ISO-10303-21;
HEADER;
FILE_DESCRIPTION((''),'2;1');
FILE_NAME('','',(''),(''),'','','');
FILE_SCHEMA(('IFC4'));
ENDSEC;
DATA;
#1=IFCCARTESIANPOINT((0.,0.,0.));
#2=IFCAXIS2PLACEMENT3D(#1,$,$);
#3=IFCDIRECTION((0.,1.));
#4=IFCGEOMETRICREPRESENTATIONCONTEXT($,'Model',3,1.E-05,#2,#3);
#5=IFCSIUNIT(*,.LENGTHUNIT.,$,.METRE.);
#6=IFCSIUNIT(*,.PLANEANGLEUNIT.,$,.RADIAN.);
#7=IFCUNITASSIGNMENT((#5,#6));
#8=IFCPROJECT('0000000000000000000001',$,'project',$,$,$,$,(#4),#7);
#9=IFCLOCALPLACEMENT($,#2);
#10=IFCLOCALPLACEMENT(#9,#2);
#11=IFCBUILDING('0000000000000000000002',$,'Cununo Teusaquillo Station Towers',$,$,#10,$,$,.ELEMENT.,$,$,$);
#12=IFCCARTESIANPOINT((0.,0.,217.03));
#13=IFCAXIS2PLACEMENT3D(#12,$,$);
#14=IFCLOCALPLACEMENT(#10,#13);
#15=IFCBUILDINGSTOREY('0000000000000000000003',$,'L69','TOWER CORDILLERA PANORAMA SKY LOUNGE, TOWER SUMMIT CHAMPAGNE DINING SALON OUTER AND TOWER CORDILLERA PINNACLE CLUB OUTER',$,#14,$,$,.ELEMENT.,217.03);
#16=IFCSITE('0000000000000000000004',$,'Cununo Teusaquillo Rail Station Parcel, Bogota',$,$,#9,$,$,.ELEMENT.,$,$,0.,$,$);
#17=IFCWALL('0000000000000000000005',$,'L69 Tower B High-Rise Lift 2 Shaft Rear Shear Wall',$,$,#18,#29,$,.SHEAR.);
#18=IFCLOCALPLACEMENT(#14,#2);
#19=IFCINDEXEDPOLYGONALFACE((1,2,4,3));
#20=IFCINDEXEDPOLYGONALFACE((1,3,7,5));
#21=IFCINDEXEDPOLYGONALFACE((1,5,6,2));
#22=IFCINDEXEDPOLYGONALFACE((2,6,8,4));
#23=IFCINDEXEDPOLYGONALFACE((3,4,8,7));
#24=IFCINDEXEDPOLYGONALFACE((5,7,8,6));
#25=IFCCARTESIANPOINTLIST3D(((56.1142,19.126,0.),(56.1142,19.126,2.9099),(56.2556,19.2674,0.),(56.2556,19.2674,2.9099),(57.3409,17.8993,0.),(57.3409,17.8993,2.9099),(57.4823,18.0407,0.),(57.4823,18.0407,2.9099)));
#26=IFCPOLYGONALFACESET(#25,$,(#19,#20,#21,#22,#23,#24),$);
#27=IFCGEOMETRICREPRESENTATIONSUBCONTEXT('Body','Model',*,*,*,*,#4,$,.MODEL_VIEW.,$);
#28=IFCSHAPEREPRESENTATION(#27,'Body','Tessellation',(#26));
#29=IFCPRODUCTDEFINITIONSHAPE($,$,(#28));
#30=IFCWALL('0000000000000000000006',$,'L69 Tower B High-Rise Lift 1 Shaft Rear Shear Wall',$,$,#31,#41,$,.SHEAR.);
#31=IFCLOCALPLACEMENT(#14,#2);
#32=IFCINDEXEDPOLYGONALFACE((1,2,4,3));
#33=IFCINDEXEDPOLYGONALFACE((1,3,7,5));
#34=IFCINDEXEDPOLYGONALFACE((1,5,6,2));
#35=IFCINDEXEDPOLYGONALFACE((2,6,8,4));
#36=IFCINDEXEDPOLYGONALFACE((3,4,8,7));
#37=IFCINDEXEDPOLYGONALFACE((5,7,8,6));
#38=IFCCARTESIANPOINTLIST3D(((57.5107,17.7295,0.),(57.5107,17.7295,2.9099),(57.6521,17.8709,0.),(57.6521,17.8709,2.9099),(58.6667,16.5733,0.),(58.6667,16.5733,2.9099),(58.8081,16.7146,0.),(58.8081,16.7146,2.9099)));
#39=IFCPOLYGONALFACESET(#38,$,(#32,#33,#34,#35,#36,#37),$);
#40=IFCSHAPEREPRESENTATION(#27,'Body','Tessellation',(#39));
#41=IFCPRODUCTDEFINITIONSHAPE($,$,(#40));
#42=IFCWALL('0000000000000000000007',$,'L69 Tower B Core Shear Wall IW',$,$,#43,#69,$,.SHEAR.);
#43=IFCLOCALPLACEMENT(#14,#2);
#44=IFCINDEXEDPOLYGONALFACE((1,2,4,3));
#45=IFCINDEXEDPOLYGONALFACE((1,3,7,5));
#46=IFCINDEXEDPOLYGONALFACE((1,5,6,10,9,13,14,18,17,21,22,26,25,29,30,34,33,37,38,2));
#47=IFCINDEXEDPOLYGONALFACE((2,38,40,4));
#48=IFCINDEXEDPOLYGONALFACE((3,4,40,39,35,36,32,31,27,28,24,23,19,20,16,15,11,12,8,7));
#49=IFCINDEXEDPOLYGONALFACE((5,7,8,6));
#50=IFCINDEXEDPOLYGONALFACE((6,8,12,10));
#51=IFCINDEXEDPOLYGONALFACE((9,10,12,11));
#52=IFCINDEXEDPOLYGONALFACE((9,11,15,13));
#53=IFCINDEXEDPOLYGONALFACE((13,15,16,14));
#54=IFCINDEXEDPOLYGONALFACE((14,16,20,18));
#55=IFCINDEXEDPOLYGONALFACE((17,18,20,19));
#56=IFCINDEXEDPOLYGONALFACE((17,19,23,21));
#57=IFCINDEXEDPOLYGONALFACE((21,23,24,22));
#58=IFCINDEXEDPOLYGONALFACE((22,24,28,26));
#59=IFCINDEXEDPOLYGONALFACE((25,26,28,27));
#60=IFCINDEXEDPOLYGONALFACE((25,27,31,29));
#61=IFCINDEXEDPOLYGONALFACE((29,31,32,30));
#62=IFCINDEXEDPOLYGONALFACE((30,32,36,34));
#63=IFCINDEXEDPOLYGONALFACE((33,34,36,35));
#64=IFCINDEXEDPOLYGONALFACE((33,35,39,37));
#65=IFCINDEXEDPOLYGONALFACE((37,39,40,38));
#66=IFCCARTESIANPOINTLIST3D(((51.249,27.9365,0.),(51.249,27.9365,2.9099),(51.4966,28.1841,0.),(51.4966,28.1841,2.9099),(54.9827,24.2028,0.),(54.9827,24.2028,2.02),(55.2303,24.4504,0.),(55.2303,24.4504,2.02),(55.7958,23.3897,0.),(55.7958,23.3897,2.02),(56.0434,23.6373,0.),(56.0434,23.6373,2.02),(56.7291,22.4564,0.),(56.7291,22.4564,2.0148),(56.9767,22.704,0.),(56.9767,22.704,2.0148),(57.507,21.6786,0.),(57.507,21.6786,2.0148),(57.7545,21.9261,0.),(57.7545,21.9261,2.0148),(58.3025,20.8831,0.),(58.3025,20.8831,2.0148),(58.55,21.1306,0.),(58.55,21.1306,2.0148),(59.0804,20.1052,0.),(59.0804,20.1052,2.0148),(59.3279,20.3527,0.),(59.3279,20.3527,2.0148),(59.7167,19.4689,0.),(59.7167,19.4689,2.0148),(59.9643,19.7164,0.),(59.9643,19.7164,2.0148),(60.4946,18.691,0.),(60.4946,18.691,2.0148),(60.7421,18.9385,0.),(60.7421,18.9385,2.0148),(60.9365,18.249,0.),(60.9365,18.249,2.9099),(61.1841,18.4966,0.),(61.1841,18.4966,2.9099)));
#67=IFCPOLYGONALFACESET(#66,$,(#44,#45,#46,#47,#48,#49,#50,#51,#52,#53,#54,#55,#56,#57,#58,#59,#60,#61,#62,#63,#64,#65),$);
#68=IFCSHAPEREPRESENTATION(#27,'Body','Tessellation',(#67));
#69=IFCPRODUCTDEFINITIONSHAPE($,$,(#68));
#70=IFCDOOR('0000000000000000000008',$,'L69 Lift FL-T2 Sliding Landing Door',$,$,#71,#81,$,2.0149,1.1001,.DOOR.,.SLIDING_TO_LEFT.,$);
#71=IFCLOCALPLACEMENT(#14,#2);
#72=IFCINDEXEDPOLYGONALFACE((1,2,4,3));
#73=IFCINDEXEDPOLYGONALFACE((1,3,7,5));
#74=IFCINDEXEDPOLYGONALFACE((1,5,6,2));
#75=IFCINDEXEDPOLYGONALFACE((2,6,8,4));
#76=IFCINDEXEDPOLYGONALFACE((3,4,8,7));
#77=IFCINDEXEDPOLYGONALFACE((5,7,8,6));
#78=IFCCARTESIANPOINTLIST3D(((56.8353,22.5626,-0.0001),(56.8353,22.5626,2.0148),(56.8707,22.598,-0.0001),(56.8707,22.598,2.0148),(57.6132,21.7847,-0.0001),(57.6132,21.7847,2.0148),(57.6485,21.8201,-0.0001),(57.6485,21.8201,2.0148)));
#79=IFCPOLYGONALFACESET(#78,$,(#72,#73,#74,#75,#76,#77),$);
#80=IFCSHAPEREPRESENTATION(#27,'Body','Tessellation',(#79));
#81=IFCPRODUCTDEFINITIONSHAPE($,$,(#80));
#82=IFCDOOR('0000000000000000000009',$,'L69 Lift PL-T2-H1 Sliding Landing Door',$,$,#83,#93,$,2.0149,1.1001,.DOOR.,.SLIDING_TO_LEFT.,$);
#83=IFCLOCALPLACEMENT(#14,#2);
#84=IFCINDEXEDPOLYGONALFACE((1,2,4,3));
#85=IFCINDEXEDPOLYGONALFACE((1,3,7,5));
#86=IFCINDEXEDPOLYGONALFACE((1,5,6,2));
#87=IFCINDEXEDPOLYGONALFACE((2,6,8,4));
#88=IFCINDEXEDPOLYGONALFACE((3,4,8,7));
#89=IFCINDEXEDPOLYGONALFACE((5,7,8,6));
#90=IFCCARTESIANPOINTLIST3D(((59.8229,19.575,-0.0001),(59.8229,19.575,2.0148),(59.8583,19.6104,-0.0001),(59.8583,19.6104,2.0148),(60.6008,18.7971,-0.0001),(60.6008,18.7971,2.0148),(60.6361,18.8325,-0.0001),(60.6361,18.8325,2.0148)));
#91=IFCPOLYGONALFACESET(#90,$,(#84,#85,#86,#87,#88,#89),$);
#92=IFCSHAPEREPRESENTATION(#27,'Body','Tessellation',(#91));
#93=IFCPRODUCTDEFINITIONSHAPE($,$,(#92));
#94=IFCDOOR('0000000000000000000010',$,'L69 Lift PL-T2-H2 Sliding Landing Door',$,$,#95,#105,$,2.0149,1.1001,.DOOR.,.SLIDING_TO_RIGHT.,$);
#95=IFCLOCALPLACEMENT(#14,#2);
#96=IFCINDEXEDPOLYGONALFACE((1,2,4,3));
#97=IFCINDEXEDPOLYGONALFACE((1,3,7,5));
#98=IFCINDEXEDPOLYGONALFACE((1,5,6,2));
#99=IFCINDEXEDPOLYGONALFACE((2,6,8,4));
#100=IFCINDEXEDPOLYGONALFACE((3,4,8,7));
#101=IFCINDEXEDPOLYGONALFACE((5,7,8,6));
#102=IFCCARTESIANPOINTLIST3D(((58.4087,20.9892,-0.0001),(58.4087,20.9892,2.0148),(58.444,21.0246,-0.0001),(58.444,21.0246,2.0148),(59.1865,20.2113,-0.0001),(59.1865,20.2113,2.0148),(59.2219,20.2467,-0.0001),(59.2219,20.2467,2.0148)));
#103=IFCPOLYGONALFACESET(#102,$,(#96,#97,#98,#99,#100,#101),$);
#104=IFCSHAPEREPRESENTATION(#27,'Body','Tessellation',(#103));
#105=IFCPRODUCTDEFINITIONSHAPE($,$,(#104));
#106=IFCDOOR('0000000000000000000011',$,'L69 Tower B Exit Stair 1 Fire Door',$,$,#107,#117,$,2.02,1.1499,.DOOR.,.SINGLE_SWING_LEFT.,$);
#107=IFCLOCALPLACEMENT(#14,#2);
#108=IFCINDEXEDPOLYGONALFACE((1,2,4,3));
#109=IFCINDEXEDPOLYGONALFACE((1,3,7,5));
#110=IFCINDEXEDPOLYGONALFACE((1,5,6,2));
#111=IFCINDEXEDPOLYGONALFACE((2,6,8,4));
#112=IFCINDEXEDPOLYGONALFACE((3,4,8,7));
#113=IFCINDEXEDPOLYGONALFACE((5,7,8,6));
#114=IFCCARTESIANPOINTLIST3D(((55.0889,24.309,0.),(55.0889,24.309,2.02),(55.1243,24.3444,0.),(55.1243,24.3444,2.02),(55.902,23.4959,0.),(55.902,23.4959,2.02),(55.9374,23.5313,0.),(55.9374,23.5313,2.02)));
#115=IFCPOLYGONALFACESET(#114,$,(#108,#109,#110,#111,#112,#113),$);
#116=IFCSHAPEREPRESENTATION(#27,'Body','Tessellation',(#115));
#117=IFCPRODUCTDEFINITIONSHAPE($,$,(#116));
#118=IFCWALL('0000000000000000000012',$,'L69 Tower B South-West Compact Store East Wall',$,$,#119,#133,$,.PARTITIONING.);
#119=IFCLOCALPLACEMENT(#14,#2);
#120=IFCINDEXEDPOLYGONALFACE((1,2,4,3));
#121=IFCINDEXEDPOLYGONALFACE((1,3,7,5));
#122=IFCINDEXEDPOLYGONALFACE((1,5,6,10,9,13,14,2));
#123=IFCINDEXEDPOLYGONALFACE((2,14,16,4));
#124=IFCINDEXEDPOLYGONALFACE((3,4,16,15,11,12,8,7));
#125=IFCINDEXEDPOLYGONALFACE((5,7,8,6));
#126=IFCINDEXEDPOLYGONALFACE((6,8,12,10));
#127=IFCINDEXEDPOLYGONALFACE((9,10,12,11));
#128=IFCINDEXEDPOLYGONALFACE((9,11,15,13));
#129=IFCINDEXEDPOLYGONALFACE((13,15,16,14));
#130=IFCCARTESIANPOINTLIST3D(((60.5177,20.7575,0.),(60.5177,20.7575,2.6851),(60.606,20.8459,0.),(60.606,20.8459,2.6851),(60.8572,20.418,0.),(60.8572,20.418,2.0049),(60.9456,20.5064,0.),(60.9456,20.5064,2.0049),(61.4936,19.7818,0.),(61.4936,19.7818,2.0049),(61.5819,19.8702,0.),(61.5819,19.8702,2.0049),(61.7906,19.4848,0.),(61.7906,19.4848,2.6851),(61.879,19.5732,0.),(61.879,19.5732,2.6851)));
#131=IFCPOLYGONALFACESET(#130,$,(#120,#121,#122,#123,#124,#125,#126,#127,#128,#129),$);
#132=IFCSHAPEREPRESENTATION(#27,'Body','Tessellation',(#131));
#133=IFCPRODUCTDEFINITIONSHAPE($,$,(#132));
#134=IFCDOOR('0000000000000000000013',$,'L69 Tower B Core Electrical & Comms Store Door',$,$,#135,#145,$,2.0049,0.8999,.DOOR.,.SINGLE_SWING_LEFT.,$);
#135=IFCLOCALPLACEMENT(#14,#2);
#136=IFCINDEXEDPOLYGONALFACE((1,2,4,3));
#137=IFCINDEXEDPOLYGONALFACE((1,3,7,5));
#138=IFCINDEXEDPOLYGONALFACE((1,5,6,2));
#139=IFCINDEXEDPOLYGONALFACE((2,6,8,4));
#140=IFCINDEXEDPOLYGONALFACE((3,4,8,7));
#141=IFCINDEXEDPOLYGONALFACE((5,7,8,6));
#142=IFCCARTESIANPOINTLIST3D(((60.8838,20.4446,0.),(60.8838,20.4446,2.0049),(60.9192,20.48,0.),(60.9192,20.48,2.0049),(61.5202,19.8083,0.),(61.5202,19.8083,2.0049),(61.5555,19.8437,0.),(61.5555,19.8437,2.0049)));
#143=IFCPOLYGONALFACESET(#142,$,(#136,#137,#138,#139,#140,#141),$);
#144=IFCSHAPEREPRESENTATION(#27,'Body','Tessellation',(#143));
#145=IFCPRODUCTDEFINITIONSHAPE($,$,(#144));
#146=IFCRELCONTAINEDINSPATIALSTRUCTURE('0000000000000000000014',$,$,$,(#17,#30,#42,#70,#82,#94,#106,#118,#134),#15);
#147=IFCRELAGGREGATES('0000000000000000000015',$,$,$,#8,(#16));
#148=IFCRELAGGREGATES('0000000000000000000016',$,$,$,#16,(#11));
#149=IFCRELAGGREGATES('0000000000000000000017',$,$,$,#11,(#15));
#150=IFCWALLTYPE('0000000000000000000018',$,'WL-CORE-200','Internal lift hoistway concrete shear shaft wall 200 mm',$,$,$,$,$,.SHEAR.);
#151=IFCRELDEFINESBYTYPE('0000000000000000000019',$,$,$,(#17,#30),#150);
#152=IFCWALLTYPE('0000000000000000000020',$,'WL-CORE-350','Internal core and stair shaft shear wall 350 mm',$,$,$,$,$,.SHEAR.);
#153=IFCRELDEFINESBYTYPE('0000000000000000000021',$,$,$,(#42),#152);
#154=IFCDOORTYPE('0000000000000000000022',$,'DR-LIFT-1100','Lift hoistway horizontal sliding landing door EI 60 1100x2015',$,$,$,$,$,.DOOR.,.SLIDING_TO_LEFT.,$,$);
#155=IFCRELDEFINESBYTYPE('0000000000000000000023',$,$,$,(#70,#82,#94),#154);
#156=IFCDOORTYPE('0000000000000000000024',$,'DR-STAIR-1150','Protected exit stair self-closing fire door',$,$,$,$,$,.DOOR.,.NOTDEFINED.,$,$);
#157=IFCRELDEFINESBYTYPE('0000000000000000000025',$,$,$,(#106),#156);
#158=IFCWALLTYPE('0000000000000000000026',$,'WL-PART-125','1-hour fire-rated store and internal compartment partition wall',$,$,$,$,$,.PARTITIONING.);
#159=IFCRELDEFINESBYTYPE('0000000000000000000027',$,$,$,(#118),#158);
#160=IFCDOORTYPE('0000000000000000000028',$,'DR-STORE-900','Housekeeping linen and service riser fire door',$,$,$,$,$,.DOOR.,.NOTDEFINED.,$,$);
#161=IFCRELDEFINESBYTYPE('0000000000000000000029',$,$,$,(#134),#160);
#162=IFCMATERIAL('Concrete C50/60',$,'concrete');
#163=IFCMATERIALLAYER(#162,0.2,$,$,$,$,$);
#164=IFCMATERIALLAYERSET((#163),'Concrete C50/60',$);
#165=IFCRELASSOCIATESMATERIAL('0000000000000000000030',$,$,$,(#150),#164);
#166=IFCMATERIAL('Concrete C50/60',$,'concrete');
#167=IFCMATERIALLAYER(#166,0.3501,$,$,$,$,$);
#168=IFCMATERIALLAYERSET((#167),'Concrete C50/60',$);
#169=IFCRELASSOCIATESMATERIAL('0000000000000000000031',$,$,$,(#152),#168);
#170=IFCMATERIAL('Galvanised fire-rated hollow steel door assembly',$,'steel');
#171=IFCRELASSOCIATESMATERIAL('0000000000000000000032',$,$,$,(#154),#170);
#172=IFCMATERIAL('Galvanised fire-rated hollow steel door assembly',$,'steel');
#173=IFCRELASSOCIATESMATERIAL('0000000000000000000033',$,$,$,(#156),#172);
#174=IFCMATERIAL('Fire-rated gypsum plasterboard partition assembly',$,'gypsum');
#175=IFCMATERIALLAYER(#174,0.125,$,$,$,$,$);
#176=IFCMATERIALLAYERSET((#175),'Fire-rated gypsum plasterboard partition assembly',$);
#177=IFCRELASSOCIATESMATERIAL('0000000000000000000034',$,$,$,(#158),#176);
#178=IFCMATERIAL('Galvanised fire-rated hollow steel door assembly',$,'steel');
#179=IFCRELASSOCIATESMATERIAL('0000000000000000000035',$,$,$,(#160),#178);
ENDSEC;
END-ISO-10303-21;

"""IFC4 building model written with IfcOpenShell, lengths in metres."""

from ifc_helpers import new_model, si_unit, direction, frame, frame_2d, origin, place, context, subcontext, project, spatial, rectangle, extrude, source, transform, mapped, material, layer, layer_set, type_object, element, fill, save


model = new_model("IFC4")

# Units and contexts
model_context = context("Model", 3, precision=1e-05, world=origin(), true_north=direction((0.0, 1.0)))
body_context = subcontext(model_context, "Body", "Model", "MODEL_VIEW")
ifc_project = project(units=[si_unit("LENGTHUNIT", "METRE"), si_unit("PLANEANGLEUNIT", "RADIAN")], contexts=[model_context])

# Site, building, storey
site_placement = place(None, origin())
site = spatial("IfcSite", under=ifc_project, at=site_placement, Name="Cununo Teusaquillo Rail Station Parcel, Bogota", CompositionType="ELEMENT", RefElevation=0.0)
building_placement = place(site_placement, origin())
building = spatial("IfcBuilding", under=site, at=building_placement, Name="Cununo Teusaquillo Station Towers", CompositionType="ELEMENT")
storey_placement = place(building_placement, frame((0.0, 0.0, 217.03)))
storey = spatial("IfcBuildingStorey", under=building, at=storey_placement, Name="L69", Description="TOWER CORDILLERA PANORAMA SKY LOUNGE, TOWER SUMMIT CHAMPAGNE DINING SALON OUTER AND TOWER CORDILLERA PINNACLE CLUB OUTER", CompositionType="ELEMENT", Elevation=217.03)

# Walls
ifc_material_1 = material(Name="Concrete C50/60", Category="concrete")
ifc_layer_1 = layer(ifc_material_1, 0.2)
ifc_layer_set_1 = layer_set([ifc_layer_1], Name="Concrete C50/60")
wall_type_1 = type_object("IfcWallType", Name="WL-CORE-200", Description="Internal lift hoistway concrete shear shaft wall 200 mm", PredefinedType="SHEAR", material=ifc_layer_set_1)
wall_1_placement = place(storey_placement, frame((57.4116, 17.97, 0.0), z_axis=(0.0, 0.0, 1.0), x_axis=(-0.707107, 0.707107, 0.0)))
element("IfcWall", 1, at=wall_1_placement, inside=storey, type_object=wall_type_1, Name="L69 Tower B High-Rise Lift 2 Shaft Rear Shear Wall", PredefinedType="SHEAR", context=body_context, shape_type="SweptSolid", body=[
    extrude(rectangle(XDim=1.7349, YDim=0.2, at=frame_2d((0.8674, 0.0))), origin(), (0.0, 0.0, 1.0), 2.9099),
])
wall_2_placement = place(storey_placement, frame((58.7373, 16.644, 0.0), z_axis=(0.0, 0.0, 1.0), x_axis=(-0.707032, 0.707181, 0.0)))
element("IfcWall", 2, at=wall_2_placement, inside=storey, type_object=wall_type_1, Name="L69 Tower B High-Rise Lift 1 Shaft Rear Shear Wall", PredefinedType="SHEAR", context=body_context, shape_type="SweptSolid", body=[
    extrude(rectangle(XDim=1.635, YDim=0.2, at=frame_2d((0.8174, 0.0))), origin(), (0.0, 0.0, 1.0), 2.9099),
])

# Wall, openings, doors
ifc_material_2 = material(Name="Concrete C50/60", Category="concrete")
ifc_layer_2 = layer(ifc_material_2, 0.3501)
ifc_layer_set_2 = layer_set([ifc_layer_2], Name="Concrete C50/60")
wall_type_2 = type_object("IfcWallType", Name="WL-CORE-350", Description="Internal core and stair shaft shear wall 350 mm", PredefinedType="SHEAR", material=ifc_layer_set_2)
wall_3_placement = place(storey_placement, frame((61.0603, 18.3728, 0.0), z_axis=(0.0, 0.0, 1.0), x_axis=(-0.707107, 0.707107, 0.0)))
wall_3 = element("IfcWall", 3, at=wall_3_placement, inside=storey, type_object=wall_type_2, Name="L69 Tower B Core Shear Wall IW", PredefinedType="SHEAR", context=body_context, shape_type="SweptSolid", body=[
    extrude(rectangle(XDim=13.7002, YDim=0.3501, at=frame_2d((6.8501, 0.0))), origin(), (0.0, 0.0, 1.0), 2.9099),
])
shared_shape_1 = source(origin(), body_context, "Body", "SweptSolid", [
    extrude(rectangle(XDim=1.1001, YDim=2.0149, at=frame_2d((0.55, 1.0073))), frame((0.0, 0.1851, 0.0), z_axis=(0.0, -1.0, 0.0), x_axis=(1.0, 0.0, 0.0)), (0.0, 0.0, 1.0), 0.3701),
])
opening_1_placement = place(wall_3_placement, frame((4.8501, 0.0, 0.0)))
opening_1 = element("IfcOpeningElement", 4, at=opening_1_placement, cuts=wall_3, PredefinedType="OPENING", context=body_context, shape_type="MappedRepresentation", body=[
    mapped(shared_shape_1, transform((0.0, 0.0, 0.0), x_axis=(1.0, 0.0, 0.0), y_axis=(0.0, 1.0, 0.0), z_axis=(0.0, 0.0, 1.0), scale=1.0)),
])
opening_2_placement = place(wall_3_placement, frame((0.625, 0.0, 0.0)))
opening_2 = element("IfcOpeningElement", 5, at=opening_2_placement, cuts=wall_3, PredefinedType="OPENING", context=body_context, shape_type="MappedRepresentation", body=[
    mapped(shared_shape_1, transform((0.0, 0.0, 0.0), x_axis=(1.0, 0.0, 0.0), y_axis=(0.0, 1.0, 0.0), z_axis=(0.0, 0.0, 1.0), scale=1.0)),
])
opening_3_placement = place(wall_3_placement, frame((2.625, 0.0, 0.0)))
opening_3 = element("IfcOpeningElement", 6, at=opening_3_placement, cuts=wall_3, PredefinedType="OPENING", context=body_context, shape_type="MappedRepresentation", body=[
    mapped(shared_shape_1, transform((0.0, 0.0, 0.0), x_axis=(1.0, 0.0, 0.0), y_axis=(0.0, 1.0, 0.0), z_axis=(0.0, 0.0, 1.0), scale=1.0)),
])
shared_shape_2 = source(origin(), body_context, "Body", "SweptSolid", [
    extrude(rectangle(XDim=1.1499, YDim=2.02, at=frame_2d((0.575, 1.01))), frame((0.0, 0.1851, 0.0), z_axis=(0.0, -1.0, 0.0), x_axis=(1.0, 0.0, 0.0)), (0.0, 0.0, 1.0), 0.3701),
])
opening_4_placement = place(wall_3_placement, frame((7.27, 0.0, 0.0)))
opening_4 = element("IfcOpeningElement", 7, at=opening_4_placement, cuts=wall_3, PredefinedType="OPENING", context=body_context, shape_type="MappedRepresentation", body=[
    mapped(shared_shape_2, transform((0.0, 0.0, 0.0), x_axis=(1.0, 0.0, 0.0), y_axis=(0.0, 1.0, 0.0), z_axis=(0.0, 0.0, 1.0), scale=1.0)),
])
ifc_material_3 = material(Name="Galvanised fire-rated hollow steel door assembly", Category="steel")
door_type_1 = type_object("IfcDoorType", Name="DR-LIFT-1100", Description="Lift hoistway horizontal sliding landing door EI 60 1100x2015", OperationType="SLIDING_TO_LEFT", PredefinedType="DOOR", material=ifc_material_3)
shared_shape_3 = source(origin(), body_context, "Body", "SweptSolid", [
    extrude(rectangle(XDim=1.1001, YDim=2.0149, at=frame_2d((0.55, 1.0073))), frame((0.0, 0.0249, 0.0), z_axis=(0.0, -1.0, 0.0), x_axis=(1.0, 0.0, 0.0)), (0.0, 0.0, 1.0), 0.05),
])
door_1_placement = place(opening_1_placement, origin())
door_1 = element("IfcDoor", 8, at=door_1_placement, inside=storey, type_object=door_type_1, Name="L69 Lift FL-T2 Sliding Landing Door", OperationType="SLIDING_TO_LEFT", OverallHeight=2.0149, OverallWidth=1.1001, PredefinedType="DOOR", context=body_context, shape_type="MappedRepresentation", body=[
    mapped(shared_shape_3, transform((0.0, 0.0, 0.0), x_axis=(1.0, 0.0, 0.0), y_axis=(0.0, 1.0, 0.0), z_axis=(0.0, 0.0, 1.0), scale=1.0)),
])
fill(opening_1, door_1)
door_2_placement = place(opening_2_placement, origin())
door_2 = element("IfcDoor", 9, at=door_2_placement, inside=storey, type_object=door_type_1, Name="L69 Lift PL-T2-H1 Sliding Landing Door", OperationType="SLIDING_TO_LEFT", OverallHeight=2.0149, OverallWidth=1.1001, PredefinedType="DOOR", context=body_context, shape_type="MappedRepresentation", body=[
    mapped(shared_shape_3, transform((0.0, 0.0, 0.0), x_axis=(1.0, 0.0, 0.0), y_axis=(0.0, 1.0, 0.0), z_axis=(0.0, 0.0, 1.0), scale=1.0)),
])
fill(opening_2, door_2)
door_3_placement = place(opening_3_placement, origin())
door_3 = element("IfcDoor", 10, at=door_3_placement, inside=storey, type_object=door_type_1, Name="L69 Lift PL-T2-H2 Sliding Landing Door", OperationType="SLIDING_TO_RIGHT", OverallHeight=2.0149, OverallWidth=1.1001, PredefinedType="DOOR", context=body_context, shape_type="MappedRepresentation", body=[
    mapped(shared_shape_3, transform((0.0, 0.0, 0.0), x_axis=(1.0, 0.0, 0.0), y_axis=(0.0, 1.0, 0.0), z_axis=(0.0, 0.0, 1.0), scale=1.0)),
])
fill(opening_3, door_3)
ifc_material_4 = material(Name="Galvanised fire-rated hollow steel door assembly", Category="steel")
door_type_2 = type_object("IfcDoorType", Name="DR-STAIR-1150", Description="Protected exit stair self-closing fire door", OperationType="NOTDEFINED", PredefinedType="DOOR", material=ifc_material_4)
shared_shape_4 = source(origin(), body_context, "Body", "SweptSolid", [
    extrude(rectangle(XDim=1.1499, YDim=2.02, at=frame_2d((0.575, 1.01))), frame((0.0, 0.0249, 0.0), z_axis=(0.0, -1.0, 0.0), x_axis=(1.0, 0.0, 0.0)), (0.0, 0.0, 1.0), 0.05),
])
door_4_placement = place(opening_4_placement, origin())
door_4 = element("IfcDoor", 11, at=door_4_placement, inside=storey, type_object=door_type_2, Name="L69 Tower B Exit Stair 1 Fire Door", OperationType="SINGLE_SWING_LEFT", OverallHeight=2.02, OverallWidth=1.1499, PredefinedType="DOOR", context=body_context, shape_type="MappedRepresentation", body=[
    mapped(shared_shape_4, transform((0.0, 0.0, 0.0), x_axis=(1.0, 0.0, 0.0), y_axis=(0.0, 1.0, 0.0), z_axis=(0.0, 0.0, 1.0), scale=1.0)),
])
fill(opening_4, door_4)

# Wall, opening, door
ifc_material_5 = material(Name="Fire-rated gypsum plasterboard partition assembly", Category="gypsum")
ifc_layer_3 = layer(ifc_material_5, 0.125)
ifc_layer_set_3 = layer_set([ifc_layer_3], Name="Fire-rated gypsum plasterboard partition assembly")
wall_type_3 = type_object("IfcWallType", Name="WL-PART-125", Description="1-hour fire-rated store and internal compartment partition wall", PredefinedType="PARTITIONING", material=ifc_layer_set_3)
wall_4_placement = place(storey_placement, frame((61.8347, 19.5291, 0.0), z_axis=(0.0, 0.0, 1.0), x_axis=(-0.707175, 0.707039, 0.0)))
wall_4 = element("IfcWall", 12, at=wall_4_placement, inside=storey, type_object=wall_type_3, Name="L69 Tower B South-West Compact Store East Wall", PredefinedType="PARTITIONING", context=body_context, shape_type="SweptSolid", body=[
    extrude(rectangle(XDim=1.8, YDim=0.125, at=frame_2d((0.8999, 0.0))), origin(), (0.0, 0.0, 1.0), 2.6851),
])
shared_shape_5 = source(origin(), body_context, "Body", "SweptSolid", [
    extrude(rectangle(XDim=0.8999, YDim=2.0049, at=frame_2d((0.45, 1.0024))), frame((0.0, 0.0725, 0.0), z_axis=(0.0, -1.0, 0.0), x_axis=(1.0, 0.0, 0.0)), (0.0, 0.0, 1.0), 0.145),
])
opening_5_placement = place(wall_4_placement, frame((0.4199, 0.0, 0.0)))
opening_5 = element("IfcOpeningElement", 13, at=opening_5_placement, cuts=wall_4, PredefinedType="OPENING", context=body_context, shape_type="MappedRepresentation", body=[
    mapped(shared_shape_5, transform((0.0, 0.0, 0.0), x_axis=(1.0, 0.0, 0.0), y_axis=(0.0, 1.0, 0.0), z_axis=(0.0, 0.0, 1.0), scale=1.0)),
])
ifc_material_6 = material(Name="Galvanised fire-rated hollow steel door assembly", Category="steel")
door_type_3 = type_object("IfcDoorType", Name="DR-STORE-900", Description="Housekeeping linen and service riser fire door", OperationType="NOTDEFINED", PredefinedType="DOOR", material=ifc_material_6)
shared_shape_6 = source(origin(), body_context, "Body", "SweptSolid", [
    extrude(rectangle(XDim=0.8999, YDim=2.0049, at=frame_2d((0.45, 1.0024))), frame((0.0, 0.0249, 0.0), z_axis=(0.0, -1.0, 0.0), x_axis=(1.0, 0.0, 0.0)), (0.0, 0.0, 1.0), 0.05),
])
door_5_placement = place(opening_5_placement, origin())
door_5 = element("IfcDoor", 14, at=door_5_placement, inside=storey, type_object=door_type_3, Name="L69 Tower B Core Electrical & Comms Store Door", OperationType="SINGLE_SWING_LEFT", OverallHeight=2.0049, OverallWidth=0.8999, PredefinedType="DOOR", context=body_context, shape_type="MappedRepresentation", body=[
    mapped(shared_shape_6, transform((0.0, 0.0, 0.0), x_axis=(1.0, 0.0, 0.0), y_axis=(0.0, 1.0, 0.0), z_axis=(0.0, 0.0, 1.0), scale=1.0)),
])
fill(opening_5, door_5)

save(model, "model.ifc")
